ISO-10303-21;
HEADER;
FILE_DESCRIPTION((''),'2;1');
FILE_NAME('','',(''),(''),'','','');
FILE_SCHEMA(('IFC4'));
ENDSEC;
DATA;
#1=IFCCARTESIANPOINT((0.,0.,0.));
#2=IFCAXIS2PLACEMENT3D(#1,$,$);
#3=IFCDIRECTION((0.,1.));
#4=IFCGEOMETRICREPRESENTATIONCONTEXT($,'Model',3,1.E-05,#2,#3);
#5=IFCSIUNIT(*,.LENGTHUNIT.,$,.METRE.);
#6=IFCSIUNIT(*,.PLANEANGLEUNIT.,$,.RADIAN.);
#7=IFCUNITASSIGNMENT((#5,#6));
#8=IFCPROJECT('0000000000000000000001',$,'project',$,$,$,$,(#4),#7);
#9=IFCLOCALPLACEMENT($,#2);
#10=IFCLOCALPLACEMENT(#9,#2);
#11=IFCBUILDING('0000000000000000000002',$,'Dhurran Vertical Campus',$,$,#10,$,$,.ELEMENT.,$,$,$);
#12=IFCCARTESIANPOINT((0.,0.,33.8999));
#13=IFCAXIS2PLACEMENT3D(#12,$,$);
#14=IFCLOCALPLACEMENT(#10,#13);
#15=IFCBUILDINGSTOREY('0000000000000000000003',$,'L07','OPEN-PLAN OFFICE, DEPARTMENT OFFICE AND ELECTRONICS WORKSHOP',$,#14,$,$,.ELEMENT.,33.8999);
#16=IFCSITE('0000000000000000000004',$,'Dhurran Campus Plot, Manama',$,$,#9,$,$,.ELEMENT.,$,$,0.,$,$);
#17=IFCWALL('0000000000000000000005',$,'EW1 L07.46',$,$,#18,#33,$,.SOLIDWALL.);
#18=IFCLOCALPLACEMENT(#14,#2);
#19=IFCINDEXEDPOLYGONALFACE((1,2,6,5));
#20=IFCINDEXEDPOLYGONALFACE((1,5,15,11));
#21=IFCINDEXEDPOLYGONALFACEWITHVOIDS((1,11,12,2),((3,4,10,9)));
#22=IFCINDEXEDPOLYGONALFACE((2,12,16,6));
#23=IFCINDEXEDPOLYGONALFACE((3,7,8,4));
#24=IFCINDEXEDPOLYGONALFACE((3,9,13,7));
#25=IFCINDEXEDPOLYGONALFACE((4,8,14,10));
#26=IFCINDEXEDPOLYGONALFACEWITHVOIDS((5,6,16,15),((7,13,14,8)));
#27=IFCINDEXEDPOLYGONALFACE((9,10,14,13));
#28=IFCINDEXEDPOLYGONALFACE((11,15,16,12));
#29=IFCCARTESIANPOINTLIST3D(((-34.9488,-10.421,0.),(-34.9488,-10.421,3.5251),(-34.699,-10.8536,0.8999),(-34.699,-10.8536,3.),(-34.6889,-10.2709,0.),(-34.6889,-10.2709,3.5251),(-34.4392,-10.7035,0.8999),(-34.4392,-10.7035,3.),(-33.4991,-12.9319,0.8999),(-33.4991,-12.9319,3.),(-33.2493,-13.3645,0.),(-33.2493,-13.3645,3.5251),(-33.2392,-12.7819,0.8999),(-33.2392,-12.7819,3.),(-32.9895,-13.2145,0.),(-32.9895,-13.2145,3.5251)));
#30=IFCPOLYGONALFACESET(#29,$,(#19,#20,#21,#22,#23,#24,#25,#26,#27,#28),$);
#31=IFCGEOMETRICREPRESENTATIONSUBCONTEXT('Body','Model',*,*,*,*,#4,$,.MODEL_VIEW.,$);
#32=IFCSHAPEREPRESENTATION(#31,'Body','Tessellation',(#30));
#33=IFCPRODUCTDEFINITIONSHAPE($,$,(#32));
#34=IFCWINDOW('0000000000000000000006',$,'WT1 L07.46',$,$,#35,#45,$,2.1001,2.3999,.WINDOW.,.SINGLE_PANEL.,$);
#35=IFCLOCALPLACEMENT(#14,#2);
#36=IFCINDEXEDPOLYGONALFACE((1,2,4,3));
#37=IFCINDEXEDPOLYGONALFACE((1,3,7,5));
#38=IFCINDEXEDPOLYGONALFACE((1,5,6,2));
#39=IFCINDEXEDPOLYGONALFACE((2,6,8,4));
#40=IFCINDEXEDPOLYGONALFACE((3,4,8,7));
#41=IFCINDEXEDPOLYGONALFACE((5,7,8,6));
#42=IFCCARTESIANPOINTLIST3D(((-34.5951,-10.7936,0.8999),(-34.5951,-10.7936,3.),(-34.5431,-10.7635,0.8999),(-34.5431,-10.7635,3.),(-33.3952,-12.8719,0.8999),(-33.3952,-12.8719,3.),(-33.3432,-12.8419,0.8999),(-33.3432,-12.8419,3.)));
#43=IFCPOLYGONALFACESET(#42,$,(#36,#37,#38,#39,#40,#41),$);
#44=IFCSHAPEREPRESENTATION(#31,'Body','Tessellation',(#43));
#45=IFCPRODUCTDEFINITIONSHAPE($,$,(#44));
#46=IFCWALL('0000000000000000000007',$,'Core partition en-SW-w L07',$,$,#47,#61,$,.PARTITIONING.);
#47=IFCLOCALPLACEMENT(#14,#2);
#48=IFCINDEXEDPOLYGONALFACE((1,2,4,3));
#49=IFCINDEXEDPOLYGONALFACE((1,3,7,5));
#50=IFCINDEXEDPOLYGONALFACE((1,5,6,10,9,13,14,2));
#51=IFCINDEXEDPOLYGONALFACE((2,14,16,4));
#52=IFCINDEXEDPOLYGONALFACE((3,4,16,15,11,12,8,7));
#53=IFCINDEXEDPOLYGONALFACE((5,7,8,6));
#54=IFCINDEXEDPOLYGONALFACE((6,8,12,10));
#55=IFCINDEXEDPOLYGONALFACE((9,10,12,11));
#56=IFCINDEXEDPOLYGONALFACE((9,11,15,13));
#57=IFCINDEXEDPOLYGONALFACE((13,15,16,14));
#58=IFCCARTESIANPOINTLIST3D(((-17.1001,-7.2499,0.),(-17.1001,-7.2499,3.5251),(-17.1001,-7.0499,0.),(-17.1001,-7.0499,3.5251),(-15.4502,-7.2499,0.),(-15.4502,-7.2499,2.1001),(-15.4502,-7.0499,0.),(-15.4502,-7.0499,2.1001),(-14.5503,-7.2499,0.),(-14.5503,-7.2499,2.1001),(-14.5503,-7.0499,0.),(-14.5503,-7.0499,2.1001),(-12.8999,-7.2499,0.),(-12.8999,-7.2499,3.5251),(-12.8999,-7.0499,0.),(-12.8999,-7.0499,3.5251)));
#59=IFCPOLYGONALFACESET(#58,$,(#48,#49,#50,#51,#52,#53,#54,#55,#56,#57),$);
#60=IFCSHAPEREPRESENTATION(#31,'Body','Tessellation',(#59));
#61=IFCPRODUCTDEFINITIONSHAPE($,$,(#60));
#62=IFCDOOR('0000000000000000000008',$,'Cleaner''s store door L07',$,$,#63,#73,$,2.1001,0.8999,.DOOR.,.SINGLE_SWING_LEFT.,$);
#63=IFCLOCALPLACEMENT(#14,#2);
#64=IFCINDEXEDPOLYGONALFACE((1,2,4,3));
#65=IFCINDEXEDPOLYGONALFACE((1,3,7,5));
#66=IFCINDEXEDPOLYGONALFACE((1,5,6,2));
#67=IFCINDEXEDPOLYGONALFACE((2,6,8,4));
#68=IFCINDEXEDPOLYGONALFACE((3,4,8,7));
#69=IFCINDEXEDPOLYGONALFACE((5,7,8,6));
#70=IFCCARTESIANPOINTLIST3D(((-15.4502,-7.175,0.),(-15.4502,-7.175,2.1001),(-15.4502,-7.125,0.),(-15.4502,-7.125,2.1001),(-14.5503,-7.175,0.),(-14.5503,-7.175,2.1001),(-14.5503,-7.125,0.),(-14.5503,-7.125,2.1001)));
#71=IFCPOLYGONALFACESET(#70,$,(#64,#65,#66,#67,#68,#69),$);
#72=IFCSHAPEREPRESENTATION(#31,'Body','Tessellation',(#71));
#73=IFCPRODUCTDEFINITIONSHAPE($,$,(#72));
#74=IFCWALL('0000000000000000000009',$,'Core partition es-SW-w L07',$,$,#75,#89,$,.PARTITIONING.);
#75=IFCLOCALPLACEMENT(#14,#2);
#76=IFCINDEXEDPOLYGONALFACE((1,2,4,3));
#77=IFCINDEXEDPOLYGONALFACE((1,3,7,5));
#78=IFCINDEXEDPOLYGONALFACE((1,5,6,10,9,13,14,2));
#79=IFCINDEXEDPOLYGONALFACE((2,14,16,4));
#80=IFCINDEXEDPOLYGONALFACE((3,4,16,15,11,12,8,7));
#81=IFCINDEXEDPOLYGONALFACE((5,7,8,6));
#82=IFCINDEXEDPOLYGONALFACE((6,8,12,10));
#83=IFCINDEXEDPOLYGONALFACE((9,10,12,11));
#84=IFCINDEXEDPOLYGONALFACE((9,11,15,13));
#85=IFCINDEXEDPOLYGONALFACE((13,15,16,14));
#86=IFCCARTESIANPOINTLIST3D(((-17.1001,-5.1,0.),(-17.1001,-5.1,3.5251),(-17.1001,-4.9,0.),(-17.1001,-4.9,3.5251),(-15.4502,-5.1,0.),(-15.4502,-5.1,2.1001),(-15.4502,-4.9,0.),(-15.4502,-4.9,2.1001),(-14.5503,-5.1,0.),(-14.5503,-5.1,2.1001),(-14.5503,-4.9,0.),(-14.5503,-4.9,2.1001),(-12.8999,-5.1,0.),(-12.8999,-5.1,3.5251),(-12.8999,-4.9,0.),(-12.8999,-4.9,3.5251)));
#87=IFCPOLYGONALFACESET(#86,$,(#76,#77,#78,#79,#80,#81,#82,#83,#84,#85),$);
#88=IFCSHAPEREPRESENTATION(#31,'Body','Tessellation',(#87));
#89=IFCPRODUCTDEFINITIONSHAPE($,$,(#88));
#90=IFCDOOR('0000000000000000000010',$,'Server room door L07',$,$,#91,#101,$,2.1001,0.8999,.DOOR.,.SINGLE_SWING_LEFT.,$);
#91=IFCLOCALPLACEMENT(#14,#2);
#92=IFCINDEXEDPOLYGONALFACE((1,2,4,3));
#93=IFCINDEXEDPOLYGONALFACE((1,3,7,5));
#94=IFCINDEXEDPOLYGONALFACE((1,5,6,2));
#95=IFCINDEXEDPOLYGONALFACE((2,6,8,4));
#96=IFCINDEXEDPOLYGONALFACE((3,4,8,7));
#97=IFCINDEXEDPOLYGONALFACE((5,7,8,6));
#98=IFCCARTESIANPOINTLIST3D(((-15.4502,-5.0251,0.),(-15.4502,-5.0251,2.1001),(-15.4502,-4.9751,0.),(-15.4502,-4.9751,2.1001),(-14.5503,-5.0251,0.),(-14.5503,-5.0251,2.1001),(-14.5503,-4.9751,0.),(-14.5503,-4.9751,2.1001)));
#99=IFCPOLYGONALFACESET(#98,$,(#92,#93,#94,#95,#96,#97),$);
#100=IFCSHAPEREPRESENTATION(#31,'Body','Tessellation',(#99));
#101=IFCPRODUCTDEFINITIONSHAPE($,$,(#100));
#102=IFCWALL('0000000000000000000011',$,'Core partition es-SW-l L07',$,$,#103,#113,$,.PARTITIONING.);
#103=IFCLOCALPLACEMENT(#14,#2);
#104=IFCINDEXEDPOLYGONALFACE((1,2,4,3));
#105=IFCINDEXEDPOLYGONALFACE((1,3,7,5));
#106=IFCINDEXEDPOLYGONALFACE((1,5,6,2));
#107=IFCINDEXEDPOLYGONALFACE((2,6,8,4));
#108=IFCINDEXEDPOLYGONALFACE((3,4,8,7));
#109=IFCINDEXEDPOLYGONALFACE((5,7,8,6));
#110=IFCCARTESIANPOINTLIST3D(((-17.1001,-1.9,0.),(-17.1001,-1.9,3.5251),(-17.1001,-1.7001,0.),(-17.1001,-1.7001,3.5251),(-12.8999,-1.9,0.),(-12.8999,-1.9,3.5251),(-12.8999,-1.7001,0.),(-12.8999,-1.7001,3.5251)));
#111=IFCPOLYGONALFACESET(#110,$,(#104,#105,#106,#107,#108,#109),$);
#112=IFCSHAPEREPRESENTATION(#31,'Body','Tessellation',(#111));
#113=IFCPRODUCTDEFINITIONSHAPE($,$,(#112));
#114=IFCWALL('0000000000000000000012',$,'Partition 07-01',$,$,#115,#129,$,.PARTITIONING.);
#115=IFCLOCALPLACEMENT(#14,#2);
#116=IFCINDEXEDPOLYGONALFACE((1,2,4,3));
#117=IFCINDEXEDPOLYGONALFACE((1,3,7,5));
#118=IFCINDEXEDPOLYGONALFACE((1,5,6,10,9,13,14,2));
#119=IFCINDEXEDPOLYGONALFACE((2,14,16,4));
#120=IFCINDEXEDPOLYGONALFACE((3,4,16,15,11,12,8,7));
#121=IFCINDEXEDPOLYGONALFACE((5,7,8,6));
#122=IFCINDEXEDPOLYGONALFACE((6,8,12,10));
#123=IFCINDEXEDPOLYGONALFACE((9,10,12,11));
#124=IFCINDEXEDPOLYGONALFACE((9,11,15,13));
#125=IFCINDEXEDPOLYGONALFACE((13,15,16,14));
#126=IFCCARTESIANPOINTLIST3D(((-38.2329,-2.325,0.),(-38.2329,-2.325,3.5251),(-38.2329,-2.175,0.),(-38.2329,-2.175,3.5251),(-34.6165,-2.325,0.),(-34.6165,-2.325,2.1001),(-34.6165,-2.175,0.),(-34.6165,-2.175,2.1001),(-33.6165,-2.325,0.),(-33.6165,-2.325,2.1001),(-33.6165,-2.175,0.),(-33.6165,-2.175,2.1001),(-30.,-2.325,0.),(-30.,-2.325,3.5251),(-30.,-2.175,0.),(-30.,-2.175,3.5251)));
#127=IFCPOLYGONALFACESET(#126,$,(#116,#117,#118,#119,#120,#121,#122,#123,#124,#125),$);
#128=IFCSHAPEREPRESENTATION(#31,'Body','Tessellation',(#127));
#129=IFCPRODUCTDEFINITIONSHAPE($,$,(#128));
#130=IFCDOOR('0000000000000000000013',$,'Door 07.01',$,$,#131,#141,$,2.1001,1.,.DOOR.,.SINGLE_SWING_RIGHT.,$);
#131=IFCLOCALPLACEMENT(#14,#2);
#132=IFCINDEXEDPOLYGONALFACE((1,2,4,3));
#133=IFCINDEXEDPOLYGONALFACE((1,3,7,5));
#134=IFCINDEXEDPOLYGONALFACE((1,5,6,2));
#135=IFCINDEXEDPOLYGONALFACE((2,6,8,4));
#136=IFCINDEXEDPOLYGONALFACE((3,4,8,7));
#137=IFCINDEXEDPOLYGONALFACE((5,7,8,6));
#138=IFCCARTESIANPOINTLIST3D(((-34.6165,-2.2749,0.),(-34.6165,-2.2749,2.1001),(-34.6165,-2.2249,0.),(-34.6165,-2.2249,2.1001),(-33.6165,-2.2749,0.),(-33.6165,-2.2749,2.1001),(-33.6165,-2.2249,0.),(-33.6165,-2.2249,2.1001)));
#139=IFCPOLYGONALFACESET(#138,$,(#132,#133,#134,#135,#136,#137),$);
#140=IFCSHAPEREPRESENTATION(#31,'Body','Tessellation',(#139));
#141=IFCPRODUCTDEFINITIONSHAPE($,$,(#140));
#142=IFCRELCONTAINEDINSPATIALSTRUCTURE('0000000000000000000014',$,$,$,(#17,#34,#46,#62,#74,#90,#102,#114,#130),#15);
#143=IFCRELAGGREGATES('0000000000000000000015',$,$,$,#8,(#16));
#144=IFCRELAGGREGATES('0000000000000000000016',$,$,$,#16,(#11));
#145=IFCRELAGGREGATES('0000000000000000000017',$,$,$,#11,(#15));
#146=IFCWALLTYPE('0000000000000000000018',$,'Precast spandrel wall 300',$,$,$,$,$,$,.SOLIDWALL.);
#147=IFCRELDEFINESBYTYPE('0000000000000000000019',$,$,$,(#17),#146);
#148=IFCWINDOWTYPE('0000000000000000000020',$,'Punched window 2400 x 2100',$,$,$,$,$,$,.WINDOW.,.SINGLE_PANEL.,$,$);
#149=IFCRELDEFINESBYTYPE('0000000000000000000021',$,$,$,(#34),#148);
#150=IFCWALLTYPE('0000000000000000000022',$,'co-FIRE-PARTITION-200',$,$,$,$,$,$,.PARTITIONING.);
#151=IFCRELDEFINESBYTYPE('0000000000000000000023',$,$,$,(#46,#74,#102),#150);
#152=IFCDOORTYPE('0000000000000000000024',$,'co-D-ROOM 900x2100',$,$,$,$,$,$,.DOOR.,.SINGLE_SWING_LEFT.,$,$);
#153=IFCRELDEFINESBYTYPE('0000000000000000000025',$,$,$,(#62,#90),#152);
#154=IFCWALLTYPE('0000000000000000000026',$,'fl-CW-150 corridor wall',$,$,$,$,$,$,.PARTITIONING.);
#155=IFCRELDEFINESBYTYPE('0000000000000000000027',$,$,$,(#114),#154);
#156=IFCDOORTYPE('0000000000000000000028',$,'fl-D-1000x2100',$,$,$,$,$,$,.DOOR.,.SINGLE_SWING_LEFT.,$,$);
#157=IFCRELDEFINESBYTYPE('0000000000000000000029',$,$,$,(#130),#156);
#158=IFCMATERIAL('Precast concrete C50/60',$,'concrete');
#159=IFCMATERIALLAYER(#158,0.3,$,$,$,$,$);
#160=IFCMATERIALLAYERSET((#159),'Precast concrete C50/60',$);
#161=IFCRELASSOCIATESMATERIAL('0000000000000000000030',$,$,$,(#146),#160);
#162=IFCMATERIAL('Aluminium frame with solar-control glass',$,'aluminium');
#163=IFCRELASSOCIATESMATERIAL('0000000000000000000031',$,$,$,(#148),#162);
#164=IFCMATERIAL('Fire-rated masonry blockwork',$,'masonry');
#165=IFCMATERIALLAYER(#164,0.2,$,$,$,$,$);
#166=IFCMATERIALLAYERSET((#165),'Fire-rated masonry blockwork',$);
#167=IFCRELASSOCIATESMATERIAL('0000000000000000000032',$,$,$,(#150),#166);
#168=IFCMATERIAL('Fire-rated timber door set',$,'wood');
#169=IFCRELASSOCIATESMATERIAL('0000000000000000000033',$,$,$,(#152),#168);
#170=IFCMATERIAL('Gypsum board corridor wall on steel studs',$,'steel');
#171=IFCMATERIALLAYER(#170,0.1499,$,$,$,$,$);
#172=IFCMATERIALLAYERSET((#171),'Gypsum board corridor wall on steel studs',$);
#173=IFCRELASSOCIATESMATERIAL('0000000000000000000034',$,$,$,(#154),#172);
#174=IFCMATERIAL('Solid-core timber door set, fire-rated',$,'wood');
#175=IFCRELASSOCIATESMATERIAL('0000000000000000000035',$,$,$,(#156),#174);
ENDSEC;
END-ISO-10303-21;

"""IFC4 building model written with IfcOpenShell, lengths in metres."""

from ifc_helpers import new_model, si_unit, direction, frame, frame_2d, origin, place, context, subcontext, project, spatial, rectangle, extrude, material, layer, layer_set, type_object, element, fill, save


model = new_model("IFC4")

# Units and contexts
model_context = context("Model", 3, precision=1e-05, world=origin(), true_north=direction((0.0, 1.0)))
body_context = subcontext(model_context, "Body", "Model", "MODEL_VIEW")
ifc_project = project(units=[si_unit("LENGTHUNIT", "METRE"), si_unit("PLANEANGLEUNIT", "RADIAN")], contexts=[model_context])

# Site, building, storey
site_placement = place(None, origin())
site = spatial("IfcSite", under=ifc_project, at=site_placement, Name="Dhurran Campus Plot, Manama", CompositionType="ELEMENT", RefElevation=0.0)
building_placement = place(site_placement, origin())
building = spatial("IfcBuilding", under=site, at=building_placement, Name="Dhurran Vertical Campus", CompositionType="ELEMENT")
storey_placement = place(building_placement, frame((0.0, 0.0, 33.8999)))
storey = spatial("IfcBuildingStorey", under=building, at=storey_placement, Name="L07", Description="OPEN-PLAN OFFICE, DEPARTMENT OFFICE AND ELECTRONICS WORKSHOP", CompositionType="ELEMENT", Elevation=33.8999)

# Wall, opening, window
ifc_material_1 = material(Name="Precast concrete C50/60", Category="concrete")
ifc_layer_1 = layer(ifc_material_1, 0.3)
ifc_layer_set_1 = layer_set([ifc_layer_1], Name="Precast concrete C50/60")
wall_type_1 = type_object("IfcWallType", Name="Precast spandrel wall 300", PredefinedType="SOLIDWALL", material=ifc_layer_set_1)
ifc_material_2 = material(Name="Aluminium frame with solar-control glass", Category="aluminium")
window_type = type_object("IfcWindowType", Name="Punched window 2400 x 2100", PartitioningType="SINGLE_PANEL", PredefinedType="WINDOW", material=ifc_material_2)
wall_1_placement = place(storey_placement, frame((-34.8188, -10.3459, 0.0), z_axis=(0.0, 0.0, 1.0), x_axis=(0.499994, -0.866029, 0.0)))
wall_1 = element("IfcWall", 1, at=wall_1_placement, inside=storey, type_object=wall_type_1, Name="EW1 L07.46", PredefinedType="SOLIDWALL", context=body_context, shape_type="SweptSolid", body=[
    extrude(rectangle(XDim=3.3989, YDim=0.3, at=frame_2d((1.6995, 0.0))), origin(), (0.0, 0.0, 1.0), 3.5251),
])
opening_1_placement = place(wall_1_placement, frame((0.4995, 0.0, 0.8999)))
opening_1 = element("IfcOpeningElement", 2, at=opening_1_placement, cuts=wall_1, PredefinedType="OPENING", context=body_context, shape_type="SweptSolid", body=[
    extrude(rectangle(XDim=2.3999, YDim=2.1001, at=frame_2d((1.2, 1.05))), frame((0.0, 0.1599, 0.0), z_axis=(0.0, -1.0, 0.0), x_axis=(1.0, 0.0, 0.0)), (0.0, 0.0, 1.0), 0.3201),
])
window_1_placement = place(opening_1_placement, origin())
window_1 = element("IfcWindow", 3, at=window_1_placement, inside=storey, type_object=window_type, Name="WT1 L07.46", OverallHeight=2.1001, OverallWidth=2.3999, PartitioningType="SINGLE_PANEL", PredefinedType="WINDOW", context=body_context, shape_type="SweptSolid", body=[
    extrude(rectangle(XDim=2.3999, YDim=2.1001, at=frame_2d((1.2, 1.05))), frame((0.0, 0.03, 0.0), z_axis=(0.0, -1.0, 0.0), x_axis=(1.0, 0.0, 0.0)), (0.0, 0.0, 1.0), 0.0601),
])
fill(opening_1, window_1)

# Walls, openings, doors
ifc_material_3 = material(Name="Fire-rated masonry blockwork", Category="masonry")
ifc_layer_2 = layer(ifc_material_3, 0.2)
ifc_layer_set_2 = layer_set([ifc_layer_2], Name="Fire-rated masonry blockwork")
wall_type_2 = type_object("IfcWallType", Name="co-FIRE-PARTITION-200", PredefinedType="PARTITIONING", material=ifc_layer_set_2)
wall_2_placement = place(storey_placement, frame((-17.1001, -7.1499, 0.0), z_axis=(0.0, 0.0, 1.0), x_axis=(1.0, 0.0, 0.0)))
wall_2 = element("IfcWall", 4, at=wall_2_placement, inside=storey, type_object=wall_type_2, Name="Core partition en-SW-w L07", PredefinedType="PARTITIONING", context=body_context, shape_type="SweptSolid", body=[
    extrude(rectangle(XDim=4.2002, YDim=0.2, at=frame_2d((2.1001, 0.0))), origin(), (0.0, 0.0, 1.0), 3.5251),
])
opening_2_placement = place(wall_2_placement, frame((1.6499, 0.0, 0.0)))
opening_2 = element("IfcOpeningElement", 5, at=opening_2_placement, cuts=wall_2, PredefinedType="OPENING", context=body_context, shape_type="SweptSolid", body=[
    extrude(rectangle(XDim=0.8999, YDim=2.1001, at=frame_2d((0.45, 1.05))), frame((0.0, 0.1099, 0.0), z_axis=(0.0, -1.0, 0.0), x_axis=(1.0, 0.0, 0.0)), (0.0, 0.0, 1.0), 0.22),
])
ifc_material_4 = material(Name="Fire-rated timber door set", Category="wood")
door_type_1 = type_object("IfcDoorType", Name="co-D-ROOM 900x2100", OperationType="SINGLE_SWING_LEFT", PredefinedType="DOOR", material=ifc_material_4)
door_1_placement = place(opening_2_placement, origin())
door_1 = element("IfcDoor", 6, at=door_1_placement, inside=storey, type_object=door_type_1, Name="Cleaner's store door L07", OperationType="SINGLE_SWING_LEFT", OverallHeight=2.1001, OverallWidth=0.8999, PredefinedType="DOOR", context=body_context, shape_type="SweptSolid", body=[
    extrude(rectangle(XDim=0.8999, YDim=2.1001, at=frame_2d((0.45, 1.05))), frame((0.0, 0.0249, 0.0), z_axis=(0.0, -1.0, 0.0), x_axis=(1.0, 0.0, 0.0)), (0.0, 0.0, 1.0), 0.05),
])
fill(opening_2, door_1)
wall_3_placement = place(storey_placement, frame((-17.1001, -5.0, 0.0), z_axis=(0.0, 0.0, 1.0), x_axis=(1.0, 0.0, 0.0)))
wall_3 = element("IfcWall", 7, at=wall_3_placement, inside=storey, type_object=wall_type_2, Name="Core partition es-SW-w L07", PredefinedType="PARTITIONING", context=body_context, shape_type="SweptSolid", body=[
    extrude(rectangle(XDim=4.2002, YDim=0.2, at=frame_2d((2.1001, 0.0))), origin(), (0.0, 0.0, 1.0), 3.5251),
])
opening_3_placement = place(wall_3_placement, frame((1.6499, 0.0, 0.0)))
opening_3 = element("IfcOpeningElement", 8, at=opening_3_placement, cuts=wall_3, PredefinedType="OPENING", context=body_context, shape_type="SweptSolid", body=[
    extrude(rectangle(XDim=0.8999, YDim=2.1001, at=frame_2d((0.45, 1.05))), frame((0.0, 0.1099, 0.0), z_axis=(0.0, -1.0, 0.0), x_axis=(1.0, 0.0, 0.0)), (0.0, 0.0, 1.0), 0.22),
])
door_2_placement = place(opening_3_placement, origin())
door_2 = element("IfcDoor", 9, at=door_2_placement, inside=storey, type_object=door_type_1, Name="Server room door L07", OperationType="SINGLE_SWING_LEFT", OverallHeight=2.1001, OverallWidth=0.8999, PredefinedType="DOOR", context=body_context, shape_type="SweptSolid", body=[
    extrude(rectangle(XDim=0.8999, YDim=2.1001, at=frame_2d((0.45, 1.05))), frame((0.0, 0.0249, 0.0), z_axis=(0.0, -1.0, 0.0), x_axis=(1.0, 0.0, 0.0)), (0.0, 0.0, 1.0), 0.05),
])
fill(opening_3, door_2)

# Wall
wall_4_placement = place(storey_placement, frame((-17.1001, -1.8, 0.0), z_axis=(0.0, 0.0, 1.0), x_axis=(1.0, 0.0, 0.0)))
element("IfcWall", 10, at=wall_4_placement, inside=storey, type_object=wall_type_2, Name="Core partition es-SW-l L07", PredefinedType="PARTITIONING", context=body_context, shape_type="SweptSolid", body=[
    extrude(rectangle(XDim=4.2002, YDim=0.2, at=frame_2d((2.1001, 0.0))), origin(), (0.0, 0.0, 1.0), 3.5251),
])

# Wall, opening, door
ifc_material_5 = material(Name="Gypsum board corridor wall on steel studs", Category="steel")
ifc_layer_3 = layer(ifc_material_5, 0.1499)
ifc_layer_set_3 = layer_set([ifc_layer_3], Name="Gypsum board corridor wall on steel studs")
wall_type_3 = type_object("IfcWallType", Name="fl-CW-150 corridor wall", PredefinedType="PARTITIONING", material=ifc_layer_set_3)
wall_5_placement = place(storey_placement, frame((-30.0, -2.25, 0.0), z_axis=(0.0, 0.0, 1.0), x_axis=(-1.0, 0.0, 0.0)))
wall_5 = element("IfcWall", 11, at=wall_5_placement, inside=storey, type_object=wall_type_3, Name="Partition 07-01", PredefinedType="PARTITIONING", context=body_context, shape_type="SweptSolid", body=[
    extrude(rectangle(XDim=8.2329, YDim=0.1499, at=frame_2d((4.1165, 0.0))), origin(), (0.0, 0.0, 1.0), 3.5251),
])
opening_4_placement = place(wall_5_placement, frame((3.6165, 0.0, 0.0)))
opening_4 = element("IfcOpeningElement", 12, at=opening_4_placement, cuts=wall_5, PredefinedType="OPENING", context=body_context, shape_type="SweptSolid", body=[
    extrude(rectangle(XDim=1.0, YDim=2.1001, at=frame_2d((0.5, 1.05))), frame((0.0, 0.085, 0.0), z_axis=(0.0, -1.0, 0.0), x_axis=(1.0, 0.0, 0.0)), (0.0, 0.0, 1.0), 0.1699),
])
ifc_material_6 = material(Name="Solid-core timber door set, fire-rated", Category="wood")
door_type_2 = type_object("IfcDoorType", Name="fl-D-1000x2100", OperationType="SINGLE_SWING_LEFT", PredefinedType="DOOR", material=ifc_material_6)
door_3_placement = place(opening_4_placement, origin())
door_3 = element("IfcDoor", 13, at=door_3_placement, inside=storey, type_object=door_type_2, Name="Door 07.01", OperationType="SINGLE_SWING_RIGHT", OverallHeight=2.1001, OverallWidth=1.0, PredefinedType="DOOR", context=body_context, shape_type="SweptSolid", body=[
    extrude(rectangle(XDim=1.0, YDim=2.1001, at=frame_2d((0.5, 1.05))), frame((0.0, 0.0249, 0.0), z_axis=(0.0, -1.0, 0.0), x_axis=(1.0, 0.0, 0.0)), (0.0, 0.0, 1.0), 0.05),
])
fill(opening_4, door_3)

save(model, "model.ifc")
